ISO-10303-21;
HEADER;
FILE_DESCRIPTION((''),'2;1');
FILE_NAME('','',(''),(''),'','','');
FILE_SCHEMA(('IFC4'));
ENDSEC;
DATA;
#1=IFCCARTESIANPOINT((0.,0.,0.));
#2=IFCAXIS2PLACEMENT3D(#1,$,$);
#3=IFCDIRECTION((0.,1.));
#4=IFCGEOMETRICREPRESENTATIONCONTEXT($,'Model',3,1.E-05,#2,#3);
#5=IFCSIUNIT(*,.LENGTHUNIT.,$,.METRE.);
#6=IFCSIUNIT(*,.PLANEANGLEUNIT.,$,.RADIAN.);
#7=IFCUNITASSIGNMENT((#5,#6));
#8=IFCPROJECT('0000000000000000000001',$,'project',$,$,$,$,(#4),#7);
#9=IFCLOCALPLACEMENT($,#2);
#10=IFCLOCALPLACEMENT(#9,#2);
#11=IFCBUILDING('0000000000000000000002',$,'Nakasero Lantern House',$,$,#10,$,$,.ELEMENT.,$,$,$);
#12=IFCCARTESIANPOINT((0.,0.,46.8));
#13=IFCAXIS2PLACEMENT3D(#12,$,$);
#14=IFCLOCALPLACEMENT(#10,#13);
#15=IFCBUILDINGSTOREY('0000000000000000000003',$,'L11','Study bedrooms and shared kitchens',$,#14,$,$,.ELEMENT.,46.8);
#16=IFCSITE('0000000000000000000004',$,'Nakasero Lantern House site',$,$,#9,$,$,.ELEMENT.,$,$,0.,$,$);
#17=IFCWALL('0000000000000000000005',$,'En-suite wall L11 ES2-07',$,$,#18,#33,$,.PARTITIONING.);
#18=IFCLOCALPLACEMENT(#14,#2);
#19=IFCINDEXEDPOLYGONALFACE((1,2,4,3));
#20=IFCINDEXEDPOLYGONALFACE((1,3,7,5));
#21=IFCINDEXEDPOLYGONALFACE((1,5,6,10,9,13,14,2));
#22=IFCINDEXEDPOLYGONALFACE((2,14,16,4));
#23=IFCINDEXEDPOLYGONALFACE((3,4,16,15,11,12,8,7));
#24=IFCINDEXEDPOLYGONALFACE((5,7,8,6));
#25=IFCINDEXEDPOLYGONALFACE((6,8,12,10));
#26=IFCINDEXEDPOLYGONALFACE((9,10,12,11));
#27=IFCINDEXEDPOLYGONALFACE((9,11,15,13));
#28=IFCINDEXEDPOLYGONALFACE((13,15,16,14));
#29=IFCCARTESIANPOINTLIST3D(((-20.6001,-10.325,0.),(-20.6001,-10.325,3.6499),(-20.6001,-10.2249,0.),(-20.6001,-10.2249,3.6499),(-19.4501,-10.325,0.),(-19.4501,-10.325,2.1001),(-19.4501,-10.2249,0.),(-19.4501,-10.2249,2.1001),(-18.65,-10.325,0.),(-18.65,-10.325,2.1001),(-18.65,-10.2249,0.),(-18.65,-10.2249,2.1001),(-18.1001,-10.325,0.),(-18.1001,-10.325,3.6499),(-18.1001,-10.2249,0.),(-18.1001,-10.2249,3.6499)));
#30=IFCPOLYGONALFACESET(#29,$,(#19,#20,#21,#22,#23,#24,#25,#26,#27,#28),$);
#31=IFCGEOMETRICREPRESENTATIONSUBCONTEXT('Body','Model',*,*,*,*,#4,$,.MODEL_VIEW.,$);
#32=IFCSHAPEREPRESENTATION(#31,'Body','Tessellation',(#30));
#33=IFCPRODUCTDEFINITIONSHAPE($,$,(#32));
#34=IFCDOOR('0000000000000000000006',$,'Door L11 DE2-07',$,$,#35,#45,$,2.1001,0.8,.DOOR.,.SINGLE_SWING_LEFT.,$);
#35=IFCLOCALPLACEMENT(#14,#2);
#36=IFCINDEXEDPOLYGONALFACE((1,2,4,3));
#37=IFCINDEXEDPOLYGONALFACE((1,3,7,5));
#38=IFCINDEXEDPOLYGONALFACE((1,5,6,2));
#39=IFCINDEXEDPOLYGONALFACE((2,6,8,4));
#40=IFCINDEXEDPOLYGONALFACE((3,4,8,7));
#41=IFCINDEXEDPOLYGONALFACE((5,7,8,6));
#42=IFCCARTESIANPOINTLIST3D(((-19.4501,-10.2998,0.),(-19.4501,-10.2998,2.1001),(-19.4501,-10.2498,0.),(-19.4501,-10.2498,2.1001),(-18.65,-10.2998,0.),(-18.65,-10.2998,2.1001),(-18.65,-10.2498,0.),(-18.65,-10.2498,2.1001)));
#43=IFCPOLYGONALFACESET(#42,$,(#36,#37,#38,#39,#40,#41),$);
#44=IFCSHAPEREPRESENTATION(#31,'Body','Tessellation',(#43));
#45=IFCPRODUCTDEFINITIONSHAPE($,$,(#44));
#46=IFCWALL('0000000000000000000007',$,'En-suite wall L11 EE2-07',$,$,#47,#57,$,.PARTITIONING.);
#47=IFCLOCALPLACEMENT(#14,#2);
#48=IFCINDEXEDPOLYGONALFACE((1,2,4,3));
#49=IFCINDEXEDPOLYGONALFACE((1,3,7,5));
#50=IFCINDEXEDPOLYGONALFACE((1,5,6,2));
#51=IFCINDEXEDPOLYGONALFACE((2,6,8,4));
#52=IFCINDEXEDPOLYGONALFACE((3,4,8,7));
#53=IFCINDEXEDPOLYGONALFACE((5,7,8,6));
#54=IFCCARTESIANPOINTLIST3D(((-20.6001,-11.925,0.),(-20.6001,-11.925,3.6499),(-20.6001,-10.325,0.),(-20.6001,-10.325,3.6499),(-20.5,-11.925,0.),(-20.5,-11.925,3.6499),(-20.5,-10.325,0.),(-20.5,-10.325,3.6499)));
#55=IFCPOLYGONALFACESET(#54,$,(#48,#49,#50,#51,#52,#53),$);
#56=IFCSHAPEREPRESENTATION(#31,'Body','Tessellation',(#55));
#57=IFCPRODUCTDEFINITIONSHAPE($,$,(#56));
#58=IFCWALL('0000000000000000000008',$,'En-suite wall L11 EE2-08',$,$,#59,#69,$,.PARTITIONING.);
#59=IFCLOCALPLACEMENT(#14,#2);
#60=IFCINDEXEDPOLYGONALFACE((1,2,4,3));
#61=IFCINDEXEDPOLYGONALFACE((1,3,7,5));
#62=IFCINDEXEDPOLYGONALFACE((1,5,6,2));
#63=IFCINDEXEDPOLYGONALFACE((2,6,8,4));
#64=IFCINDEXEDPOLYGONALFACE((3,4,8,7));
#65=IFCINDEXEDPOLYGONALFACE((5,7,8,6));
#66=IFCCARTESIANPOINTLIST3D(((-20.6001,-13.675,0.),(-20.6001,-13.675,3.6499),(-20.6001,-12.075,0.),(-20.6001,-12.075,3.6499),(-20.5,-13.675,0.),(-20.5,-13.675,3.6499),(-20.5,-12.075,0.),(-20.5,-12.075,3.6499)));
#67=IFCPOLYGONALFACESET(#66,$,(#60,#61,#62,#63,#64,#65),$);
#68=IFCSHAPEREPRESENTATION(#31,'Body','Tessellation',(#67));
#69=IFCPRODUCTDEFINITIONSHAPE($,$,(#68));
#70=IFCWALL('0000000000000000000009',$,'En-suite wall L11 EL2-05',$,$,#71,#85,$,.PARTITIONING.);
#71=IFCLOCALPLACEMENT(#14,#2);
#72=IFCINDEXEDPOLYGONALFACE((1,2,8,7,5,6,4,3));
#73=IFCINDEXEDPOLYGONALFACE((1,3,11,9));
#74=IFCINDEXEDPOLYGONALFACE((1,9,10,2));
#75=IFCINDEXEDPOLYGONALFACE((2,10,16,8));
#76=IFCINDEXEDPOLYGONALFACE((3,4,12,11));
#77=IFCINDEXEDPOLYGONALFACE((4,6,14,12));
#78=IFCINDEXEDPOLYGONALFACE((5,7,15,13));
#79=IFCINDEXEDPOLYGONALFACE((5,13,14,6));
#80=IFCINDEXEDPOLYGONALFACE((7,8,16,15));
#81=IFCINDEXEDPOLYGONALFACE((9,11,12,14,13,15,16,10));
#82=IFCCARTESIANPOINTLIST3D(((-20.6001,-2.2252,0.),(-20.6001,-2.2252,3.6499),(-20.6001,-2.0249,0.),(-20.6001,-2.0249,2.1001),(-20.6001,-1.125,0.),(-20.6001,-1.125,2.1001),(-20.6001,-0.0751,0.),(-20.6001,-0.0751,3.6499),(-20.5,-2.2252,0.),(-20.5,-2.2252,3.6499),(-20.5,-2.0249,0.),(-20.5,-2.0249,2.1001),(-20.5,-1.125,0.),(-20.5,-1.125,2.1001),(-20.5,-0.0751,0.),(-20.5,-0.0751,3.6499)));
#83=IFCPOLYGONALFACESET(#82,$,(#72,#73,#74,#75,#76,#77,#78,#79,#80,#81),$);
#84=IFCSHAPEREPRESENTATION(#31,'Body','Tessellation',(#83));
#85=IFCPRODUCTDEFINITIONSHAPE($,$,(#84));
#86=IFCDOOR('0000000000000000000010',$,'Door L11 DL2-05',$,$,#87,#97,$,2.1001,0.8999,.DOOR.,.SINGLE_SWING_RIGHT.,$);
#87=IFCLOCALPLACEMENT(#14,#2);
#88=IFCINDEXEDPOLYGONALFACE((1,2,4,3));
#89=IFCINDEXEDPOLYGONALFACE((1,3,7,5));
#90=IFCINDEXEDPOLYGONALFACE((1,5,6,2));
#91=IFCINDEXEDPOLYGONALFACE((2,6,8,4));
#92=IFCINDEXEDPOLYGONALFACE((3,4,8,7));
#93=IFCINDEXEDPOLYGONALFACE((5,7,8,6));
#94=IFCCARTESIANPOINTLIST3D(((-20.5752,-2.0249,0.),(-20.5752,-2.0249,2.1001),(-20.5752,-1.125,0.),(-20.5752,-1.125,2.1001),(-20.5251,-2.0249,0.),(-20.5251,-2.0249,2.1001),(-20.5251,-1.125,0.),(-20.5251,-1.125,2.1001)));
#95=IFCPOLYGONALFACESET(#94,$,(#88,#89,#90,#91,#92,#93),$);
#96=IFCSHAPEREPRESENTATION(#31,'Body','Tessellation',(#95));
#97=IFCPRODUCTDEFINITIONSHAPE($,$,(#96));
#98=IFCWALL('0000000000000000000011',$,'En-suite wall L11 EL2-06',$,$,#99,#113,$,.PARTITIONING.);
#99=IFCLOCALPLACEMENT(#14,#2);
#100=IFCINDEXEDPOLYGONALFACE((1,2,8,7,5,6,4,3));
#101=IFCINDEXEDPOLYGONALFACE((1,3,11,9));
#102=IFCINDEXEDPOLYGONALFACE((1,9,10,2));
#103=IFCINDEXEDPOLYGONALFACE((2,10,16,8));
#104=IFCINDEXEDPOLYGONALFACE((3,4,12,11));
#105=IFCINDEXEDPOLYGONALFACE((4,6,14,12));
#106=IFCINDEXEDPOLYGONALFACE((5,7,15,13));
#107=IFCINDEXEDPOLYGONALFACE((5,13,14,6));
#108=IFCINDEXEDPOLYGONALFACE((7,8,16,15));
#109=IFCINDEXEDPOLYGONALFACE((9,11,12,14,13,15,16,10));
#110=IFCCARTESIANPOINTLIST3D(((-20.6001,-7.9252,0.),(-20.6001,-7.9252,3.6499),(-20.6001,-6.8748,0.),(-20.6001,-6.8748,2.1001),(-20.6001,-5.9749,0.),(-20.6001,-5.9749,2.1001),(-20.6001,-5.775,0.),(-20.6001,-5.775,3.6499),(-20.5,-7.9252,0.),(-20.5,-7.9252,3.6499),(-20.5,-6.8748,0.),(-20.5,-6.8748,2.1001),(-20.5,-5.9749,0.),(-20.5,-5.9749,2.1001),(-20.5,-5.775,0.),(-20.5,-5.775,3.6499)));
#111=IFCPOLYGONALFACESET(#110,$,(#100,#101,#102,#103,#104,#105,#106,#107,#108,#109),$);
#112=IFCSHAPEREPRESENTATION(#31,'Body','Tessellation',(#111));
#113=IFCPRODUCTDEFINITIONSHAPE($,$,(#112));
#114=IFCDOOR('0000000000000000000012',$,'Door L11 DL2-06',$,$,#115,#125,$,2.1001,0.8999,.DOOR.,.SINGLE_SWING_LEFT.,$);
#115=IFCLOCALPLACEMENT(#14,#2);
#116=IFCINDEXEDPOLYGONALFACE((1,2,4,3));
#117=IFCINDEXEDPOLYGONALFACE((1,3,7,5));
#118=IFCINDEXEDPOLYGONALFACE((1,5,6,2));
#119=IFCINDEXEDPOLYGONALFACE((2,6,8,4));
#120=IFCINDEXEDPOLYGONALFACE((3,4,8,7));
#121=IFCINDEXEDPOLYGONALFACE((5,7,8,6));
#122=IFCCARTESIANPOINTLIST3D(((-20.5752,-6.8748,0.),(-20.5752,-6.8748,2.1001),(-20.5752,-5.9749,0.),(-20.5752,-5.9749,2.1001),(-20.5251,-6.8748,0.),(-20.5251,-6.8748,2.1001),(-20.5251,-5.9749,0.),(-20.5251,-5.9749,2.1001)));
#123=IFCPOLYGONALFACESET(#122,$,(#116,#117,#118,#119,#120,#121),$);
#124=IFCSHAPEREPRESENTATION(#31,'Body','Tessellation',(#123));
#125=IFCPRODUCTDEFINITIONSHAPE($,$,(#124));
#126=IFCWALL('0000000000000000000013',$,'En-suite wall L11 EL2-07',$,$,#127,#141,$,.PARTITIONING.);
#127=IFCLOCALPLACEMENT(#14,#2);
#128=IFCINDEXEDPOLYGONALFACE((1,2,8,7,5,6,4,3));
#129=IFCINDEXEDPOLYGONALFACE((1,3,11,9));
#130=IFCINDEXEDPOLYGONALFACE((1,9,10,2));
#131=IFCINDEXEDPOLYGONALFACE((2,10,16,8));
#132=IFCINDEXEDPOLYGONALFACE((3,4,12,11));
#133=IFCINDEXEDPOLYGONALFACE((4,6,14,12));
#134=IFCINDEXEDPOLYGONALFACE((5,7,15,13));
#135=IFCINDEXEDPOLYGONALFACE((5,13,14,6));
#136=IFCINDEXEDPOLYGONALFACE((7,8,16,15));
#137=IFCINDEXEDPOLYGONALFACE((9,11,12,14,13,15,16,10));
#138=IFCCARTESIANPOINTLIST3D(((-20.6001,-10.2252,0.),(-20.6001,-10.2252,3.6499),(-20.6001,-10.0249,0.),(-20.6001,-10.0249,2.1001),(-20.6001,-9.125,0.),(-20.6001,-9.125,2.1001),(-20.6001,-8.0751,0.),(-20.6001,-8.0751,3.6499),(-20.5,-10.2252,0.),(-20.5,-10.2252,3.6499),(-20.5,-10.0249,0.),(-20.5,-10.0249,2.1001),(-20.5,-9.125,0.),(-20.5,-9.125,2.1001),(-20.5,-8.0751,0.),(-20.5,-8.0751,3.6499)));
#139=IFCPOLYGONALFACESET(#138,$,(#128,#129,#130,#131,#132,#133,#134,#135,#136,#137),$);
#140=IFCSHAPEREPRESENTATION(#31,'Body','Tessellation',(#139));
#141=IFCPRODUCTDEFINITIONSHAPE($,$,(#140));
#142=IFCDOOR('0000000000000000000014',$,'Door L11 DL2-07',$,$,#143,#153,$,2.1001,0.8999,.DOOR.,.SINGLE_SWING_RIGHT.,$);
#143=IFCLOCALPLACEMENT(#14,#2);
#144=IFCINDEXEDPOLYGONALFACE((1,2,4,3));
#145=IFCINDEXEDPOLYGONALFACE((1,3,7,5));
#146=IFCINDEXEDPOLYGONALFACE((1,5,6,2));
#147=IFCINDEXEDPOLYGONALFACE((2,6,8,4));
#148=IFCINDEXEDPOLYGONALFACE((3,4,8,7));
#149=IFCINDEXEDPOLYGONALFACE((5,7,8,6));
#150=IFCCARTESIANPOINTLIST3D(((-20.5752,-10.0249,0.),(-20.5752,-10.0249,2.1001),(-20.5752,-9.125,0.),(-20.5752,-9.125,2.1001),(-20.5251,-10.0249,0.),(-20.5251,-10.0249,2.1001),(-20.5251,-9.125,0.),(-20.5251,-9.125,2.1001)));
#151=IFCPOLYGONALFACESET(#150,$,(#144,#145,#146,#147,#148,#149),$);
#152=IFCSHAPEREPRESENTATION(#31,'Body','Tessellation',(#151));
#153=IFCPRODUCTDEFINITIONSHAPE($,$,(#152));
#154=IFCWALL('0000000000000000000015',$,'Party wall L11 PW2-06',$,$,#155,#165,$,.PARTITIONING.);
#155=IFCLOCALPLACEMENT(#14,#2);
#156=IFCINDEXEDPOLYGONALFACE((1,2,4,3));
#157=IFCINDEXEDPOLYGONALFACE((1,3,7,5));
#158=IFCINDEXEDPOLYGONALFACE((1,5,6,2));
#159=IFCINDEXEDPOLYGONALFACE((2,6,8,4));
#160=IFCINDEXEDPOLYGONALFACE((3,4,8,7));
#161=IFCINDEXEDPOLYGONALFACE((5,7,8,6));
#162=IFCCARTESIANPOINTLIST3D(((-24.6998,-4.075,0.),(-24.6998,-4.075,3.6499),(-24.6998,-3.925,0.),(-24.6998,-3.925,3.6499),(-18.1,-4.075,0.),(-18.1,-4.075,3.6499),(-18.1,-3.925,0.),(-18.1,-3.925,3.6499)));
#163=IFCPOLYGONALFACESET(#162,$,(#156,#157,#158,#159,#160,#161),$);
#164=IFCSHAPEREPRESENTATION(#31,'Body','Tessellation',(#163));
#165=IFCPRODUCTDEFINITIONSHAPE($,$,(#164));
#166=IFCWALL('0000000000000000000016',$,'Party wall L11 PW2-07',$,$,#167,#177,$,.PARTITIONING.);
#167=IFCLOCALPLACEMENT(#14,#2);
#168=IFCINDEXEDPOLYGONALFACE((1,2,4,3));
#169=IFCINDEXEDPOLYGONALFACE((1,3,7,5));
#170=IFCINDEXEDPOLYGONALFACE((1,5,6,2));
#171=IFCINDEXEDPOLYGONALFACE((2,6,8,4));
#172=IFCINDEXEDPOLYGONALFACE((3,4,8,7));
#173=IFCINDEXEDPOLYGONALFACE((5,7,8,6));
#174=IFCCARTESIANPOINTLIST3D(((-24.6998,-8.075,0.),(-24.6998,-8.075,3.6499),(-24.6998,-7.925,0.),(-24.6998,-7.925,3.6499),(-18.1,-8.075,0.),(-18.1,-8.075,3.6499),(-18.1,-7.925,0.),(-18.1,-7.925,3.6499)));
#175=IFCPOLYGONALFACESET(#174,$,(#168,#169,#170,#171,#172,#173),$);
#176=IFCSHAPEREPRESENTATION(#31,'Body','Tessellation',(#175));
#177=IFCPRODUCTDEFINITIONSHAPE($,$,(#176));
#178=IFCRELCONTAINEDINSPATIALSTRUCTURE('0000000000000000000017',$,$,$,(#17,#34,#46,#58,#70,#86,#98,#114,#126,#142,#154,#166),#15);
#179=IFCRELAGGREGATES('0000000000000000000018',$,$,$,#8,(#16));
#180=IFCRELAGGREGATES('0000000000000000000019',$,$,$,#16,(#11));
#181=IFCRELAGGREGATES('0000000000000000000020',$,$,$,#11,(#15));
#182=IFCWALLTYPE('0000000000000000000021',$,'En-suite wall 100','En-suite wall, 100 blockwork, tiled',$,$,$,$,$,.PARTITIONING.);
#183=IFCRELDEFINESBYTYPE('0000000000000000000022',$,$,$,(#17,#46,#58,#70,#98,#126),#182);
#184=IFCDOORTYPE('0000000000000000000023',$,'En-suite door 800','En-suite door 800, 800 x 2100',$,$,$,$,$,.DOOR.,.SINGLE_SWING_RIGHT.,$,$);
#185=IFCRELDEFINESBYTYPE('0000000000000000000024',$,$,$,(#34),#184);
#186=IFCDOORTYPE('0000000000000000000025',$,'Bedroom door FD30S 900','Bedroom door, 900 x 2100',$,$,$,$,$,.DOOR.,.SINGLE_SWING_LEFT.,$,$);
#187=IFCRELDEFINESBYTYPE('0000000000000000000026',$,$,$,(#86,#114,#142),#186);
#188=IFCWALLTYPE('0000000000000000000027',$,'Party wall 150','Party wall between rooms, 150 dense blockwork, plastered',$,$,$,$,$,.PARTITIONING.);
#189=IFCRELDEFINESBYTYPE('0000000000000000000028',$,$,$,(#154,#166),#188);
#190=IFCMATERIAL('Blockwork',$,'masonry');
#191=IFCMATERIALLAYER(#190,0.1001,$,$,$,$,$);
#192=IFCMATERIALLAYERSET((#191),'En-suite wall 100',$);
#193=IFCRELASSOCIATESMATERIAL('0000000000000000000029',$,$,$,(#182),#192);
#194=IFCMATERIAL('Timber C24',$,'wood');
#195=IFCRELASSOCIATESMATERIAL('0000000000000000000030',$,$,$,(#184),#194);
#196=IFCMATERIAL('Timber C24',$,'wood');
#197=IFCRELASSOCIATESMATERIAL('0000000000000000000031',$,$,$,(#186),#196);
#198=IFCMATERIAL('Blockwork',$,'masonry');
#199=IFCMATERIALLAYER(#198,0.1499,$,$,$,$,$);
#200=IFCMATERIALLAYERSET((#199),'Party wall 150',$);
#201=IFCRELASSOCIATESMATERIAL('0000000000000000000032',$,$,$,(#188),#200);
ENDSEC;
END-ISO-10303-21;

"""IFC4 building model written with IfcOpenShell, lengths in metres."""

from ifc_helpers import new_model, si_unit, direction, frame, frame_2d, origin, place, context, subcontext, project, spatial, rectangle, extrude, material, layer, layer_set, type_object, element, fill, save


model = new_model("IFC4")

# Units and contexts
model_context = context("Model", 3, precision=1e-05, world=origin(), true_north=direction((0.0, 1.0)))
body_context = subcontext(model_context, "Body", "Model", "MODEL_VIEW")
ifc_project = project(units=[si_unit("LENGTHUNIT", "METRE"), si_unit("PLANEANGLEUNIT", "RADIAN")], contexts=[model_context])

# Site, building, storey
site_placement = place(None, origin())
site = spatial("IfcSite", under=ifc_project, at=site_placement, Name="Nakasero Lantern House site", CompositionType="ELEMENT", RefElevation=0.0)
building_placement = place(site_placement, origin())
building = spatial("IfcBuilding", under=site, at=building_placement, Name="Nakasero Lantern House", CompositionType="ELEMENT")
storey_placement = place(building_placement, frame((0.0, 0.0, 46.8)))
storey = spatial("IfcBuildingStorey", under=building, at=storey_placement, Name="L11", Description="Study bedrooms and shared kitchens", CompositionType="ELEMENT", Elevation=46.8)

# Shared definitions
ifc_material_1 = material(Name="Blockwork", Category="masonry")
ifc_layer_1 = layer(ifc_material_1, 0.1001)
ifc_layer_set_1 = layer_set([ifc_layer_1], Name="En-suite wall 100")
wall_type_1 = type_object("IfcWallType", Name="En-suite wall 100", Description="En-suite wall, 100 blockwork, tiled", PredefinedType="PARTITIONING", material=ifc_layer_set_1)
ifc_material_2 = material(Name="Timber C24", Category="wood")
door_type_1 = type_object("IfcDoorType", Name="En-suite door 800", Description="En-suite door 800, 800 x 2100", OperationType="SINGLE_SWING_RIGHT", PredefinedType="DOOR", material=ifc_material_2)

# Wall, opening, door
wall_1_placement = place(storey_placement, frame((-18.1001, -10.2749, 0.0), z_axis=(0.0, 0.0, 1.0), x_axis=(-1.0, 0.0, 0.0)))
wall_1 = element("IfcWall", 1, at=wall_1_placement, inside=storey, type_object=wall_type_1, Name="En-suite wall L11 ES2-07", PredefinedType="PARTITIONING", context=body_context, shape_type="SweptSolid", body=[
    extrude(rectangle(XDim=2.5, YDim=0.1001, at=frame_2d((1.25, 0.0))), origin(), (0.0, 0.0, 1.0), 3.6499),
])
opening_1_placement = place(wall_1_placement, frame((0.55, 0.0, 0.0)))
opening_1 = element("IfcOpeningElement", 2, at=opening_1_placement, cuts=wall_1, PredefinedType="OPENING", context=body_context, shape_type="SweptSolid", body=[
    extrude(rectangle(XDim=0.8, YDim=2.1001, at=frame_2d((0.3999, 1.05))), frame((0.0, 0.0701, 0.0), z_axis=(0.0, -1.0, 0.0), x_axis=(1.0, 0.0, 0.0)), (0.0, 0.0, 1.0), 0.1401),
])
door_1_placement = place(opening_1_placement, origin())
door_1 = element("IfcDoor", 3, at=door_1_placement, inside=storey, type_object=door_type_1, Name="Door L11 DE2-07", OperationType="SINGLE_SWING_LEFT", OverallHeight=2.1001, OverallWidth=0.8, PredefinedType="DOOR", context=body_context, shape_type="SweptSolid", body=[
    extrude(rectangle(XDim=0.8, YDim=2.1001, at=frame_2d((0.3999, 1.05))), frame((0.0, 0.0249, 0.0), z_axis=(0.0, -1.0, 0.0), x_axis=(1.0, 0.0, 0.0)), (0.0, 0.0, 1.0), 0.05),
])
fill(opening_1, door_1)

# Walls
for number, where, z_axis, x_axis, name in (
    (4, (-20.55, -10.325, 0.0), (0.0, 0.0, 1.0), (0.0, -1.0, 0.0), "En-suite wall L11 EE2-07"),
    (5, (-20.55, -12.075, 0.0), (0.0, 0.0, 1.0), (0.0, -1.0, 0.0), "En-suite wall L11 EE2-08"),
):
    element("IfcWall", number, at=place(storey_placement, frame(where, z_axis=z_axis, x_axis=x_axis)), inside=storey, type_object=wall_type_1, Name=name, PredefinedType="PARTITIONING", context=body_context, shape_type="SweptSolid", body=[
        extrude(rectangle(XDim=1.6001, YDim=0.1001, at=frame_2d((0.8, 0.0))), origin(), (0.0, 0.0, 1.0), 3.6499),
    ])

# Walls, openings, doors
wall_2_placement = place(storey_placement, frame((-20.55, -0.075, 0.0), z_axis=(0.0, 0.0, 1.0), x_axis=(0.0, -1.0, 0.0)))
wall_2 = element("IfcWall", 6, at=wall_2_placement, inside=storey, type_object=wall_type_1, Name="En-suite wall L11 EL2-05", PredefinedType="PARTITIONING", context=body_context, shape_type="SweptSolid", body=[
    extrude(rectangle(XDim=2.1501, YDim=0.1001, at=frame_2d((1.0752, 0.0))), origin(), (0.0, 0.0, 1.0), 3.6499),
])
opening_2_placement = place(wall_2_placement, frame((1.05, 0.0, 0.0)))
opening_2 = element("IfcOpeningElement", 7, at=opening_2_placement, cuts=wall_2, PredefinedType="OPENING", context=body_context, shape_type="SweptSolid", body=[
    extrude(rectangle(XDim=0.8999, YDim=2.1001, at=frame_2d((0.45, 1.05))), frame((0.0, 0.0701, 0.0), z_axis=(0.0, -1.0, 0.0), x_axis=(1.0, 0.0, 0.0)), (0.0, 0.0, 1.0), 0.1401),
])
ifc_material_3 = material(Name="Timber C24", Category="wood")
door_type_2 = type_object("IfcDoorType", Name="Bedroom door FD30S 900", Description="Bedroom door, 900 x 2100", OperationType="SINGLE_SWING_LEFT", PredefinedType="DOOR", material=ifc_material_3)
door_2_placement = place(opening_2_placement, origin())
door_2 = element("IfcDoor", 8, at=door_2_placement, inside=storey, type_object=door_type_2, Name="Door L11 DL2-05", OperationType="SINGLE_SWING_RIGHT", OverallHeight=2.1001, OverallWidth=0.8999, PredefinedType="DOOR", context=body_context, shape_type="SweptSolid", body=[
    extrude(rectangle(XDim=0.8999, YDim=2.1001, at=frame_2d((0.45, 1.05))), frame((0.0, 0.0249, 0.0), z_axis=(0.0, -1.0, 0.0), x_axis=(1.0, 0.0, 0.0)), (0.0, 0.0, 1.0), 0.05),
])
fill(opening_2, door_2)
wall_3_placement = place(storey_placement, frame((-20.55, -5.7749, 0.0), z_axis=(0.0, 0.0, 1.0), x_axis=(0.0, -1.0, 0.0)))
wall_3 = element("IfcWall", 9, at=wall_3_placement, inside=storey, type_object=wall_type_1, Name="En-suite wall L11 EL2-06", PredefinedType="PARTITIONING", context=body_context, shape_type="SweptSolid", body=[
    extrude(rectangle(XDim=2.1501, YDim=0.1001, at=frame_2d((1.0752, 0.0))), origin(), (0.0, 0.0, 1.0), 3.6499),
])
opening_3_placement = place(wall_3_placement, frame((0.2, 0.0, 0.0)))
opening_3 = element("IfcOpeningElement", 10, at=opening_3_placement, cuts=wall_3, PredefinedType="OPENING", context=body_context, shape_type="SweptSolid", body=[
    extrude(rectangle(XDim=0.8999, YDim=2.1001, at=frame_2d((0.45, 1.05))), frame((0.0, 0.0701, 0.0), z_axis=(0.0, -1.0, 0.0), x_axis=(1.0, 0.0, 0.0)), (0.0, 0.0, 1.0), 0.1401),
])
door_3_placement = place(opening_3_placement, origin())
door_3 = element("IfcDoor", 11, at=door_3_placement, inside=storey, type_object=door_type_2, Name="Door L11 DL2-06", OperationType="SINGLE_SWING_LEFT", OverallHeight=2.1001, OverallWidth=0.8999, PredefinedType="DOOR", context=body_context, shape_type="SweptSolid", body=[
    extrude(rectangle(XDim=0.8999, YDim=2.1001, at=frame_2d((0.45, 1.05))), frame((0.0, 0.0249, 0.0), z_axis=(0.0, -1.0, 0.0), x_axis=(1.0, 0.0, 0.0)), (0.0, 0.0, 1.0), 0.05),
])
fill(opening_3, door_3)
wall_4_placement = place(storey_placement, frame((-20.55, -8.075, 0.0), z_axis=(0.0, 0.0, 1.0), x_axis=(0.0, -1.0, 0.0)))
wall_4 = element("IfcWall", 12, at=wall_4_placement, inside=storey, type_object=wall_type_1, Name="En-suite wall L11 EL2-07", PredefinedType="PARTITIONING", context=body_context, shape_type="SweptSolid", body=[
    extrude(rectangle(XDim=2.1501, YDim=0.1001, at=frame_2d((1.0752, 0.0))), origin(), (0.0, 0.0, 1.0), 3.6499),
])
opening_4_placement = place(wall_4_placement, frame((1.05, 0.0, 0.0)))
opening_4 = element("IfcOpeningElement", 13, at=opening_4_placement, cuts=wall_4, PredefinedType="OPENING", context=body_context, shape_type="SweptSolid", body=[
    extrude(rectangle(XDim=0.8999, YDim=2.1001, at=frame_2d((0.45, 1.05))), frame((0.0, 0.0701, 0.0), z_axis=(0.0, -1.0, 0.0), x_axis=(1.0, 0.0, 0.0)), (0.0, 0.0, 1.0), 0.1401),
])
door_4_placement = place(opening_4_placement, origin())
door_4 = element("IfcDoor", 14, at=door_4_placement, inside=storey, type_object=door_type_2, Name="Door L11 DL2-07", OperationType="SINGLE_SWING_RIGHT", OverallHeight=2.1001, OverallWidth=0.8999, PredefinedType="DOOR", context=body_context, shape_type="SweptSolid", body=[
    extrude(rectangle(XDim=0.8999, YDim=2.1001, at=frame_2d((0.45, 1.05))), frame((0.0, 0.0249, 0.0), z_axis=(0.0, -1.0, 0.0), x_axis=(1.0, 0.0, 0.0)), (0.0, 0.0, 1.0), 0.05),
])
fill(opening_4, door_4)

# Walls
ifc_material_4 = material(Name="Blockwork", Category="masonry")
ifc_layer_2 = layer(ifc_material_4, 0.1499)
ifc_layer_set_2 = layer_set([ifc_layer_2], Name="Party wall 150")
wall_type_2 = type_object("IfcWallType", Name="Party wall 150", Description="Party wall between rooms, 150 dense blockwork, plastered", PredefinedType="PARTITIONING", material=ifc_layer_set_2)
for number, where, z_axis, x_axis, name in (
    (15, (-18.1001, -4.0, 0.0), (0.0, 0.0, 1.0), (-1.0, 0.0, 0.0), "Party wall L11 PW2-06"),
    (16, (-18.1001, -8.0, 0.0), (0.0, 0.0, 1.0), (-1.0, 0.0, 0.0), "Party wall L11 PW2-07"),
):
    element("IfcWall", number, at=place(storey_placement, frame(where, z_axis=z_axis, x_axis=x_axis)), inside=storey, type_object=wall_type_2, Name=name, PredefinedType="PARTITIONING", context=body_context, shape_type="SweptSolid", body=[
        extrude(rectangle(XDim=6.5999, YDim=0.1499, at=frame_2d((3.2998, 0.0))), origin(), (0.0, 0.0, 1.0), 3.6499),
    ])

save(model, "model.ifc")
